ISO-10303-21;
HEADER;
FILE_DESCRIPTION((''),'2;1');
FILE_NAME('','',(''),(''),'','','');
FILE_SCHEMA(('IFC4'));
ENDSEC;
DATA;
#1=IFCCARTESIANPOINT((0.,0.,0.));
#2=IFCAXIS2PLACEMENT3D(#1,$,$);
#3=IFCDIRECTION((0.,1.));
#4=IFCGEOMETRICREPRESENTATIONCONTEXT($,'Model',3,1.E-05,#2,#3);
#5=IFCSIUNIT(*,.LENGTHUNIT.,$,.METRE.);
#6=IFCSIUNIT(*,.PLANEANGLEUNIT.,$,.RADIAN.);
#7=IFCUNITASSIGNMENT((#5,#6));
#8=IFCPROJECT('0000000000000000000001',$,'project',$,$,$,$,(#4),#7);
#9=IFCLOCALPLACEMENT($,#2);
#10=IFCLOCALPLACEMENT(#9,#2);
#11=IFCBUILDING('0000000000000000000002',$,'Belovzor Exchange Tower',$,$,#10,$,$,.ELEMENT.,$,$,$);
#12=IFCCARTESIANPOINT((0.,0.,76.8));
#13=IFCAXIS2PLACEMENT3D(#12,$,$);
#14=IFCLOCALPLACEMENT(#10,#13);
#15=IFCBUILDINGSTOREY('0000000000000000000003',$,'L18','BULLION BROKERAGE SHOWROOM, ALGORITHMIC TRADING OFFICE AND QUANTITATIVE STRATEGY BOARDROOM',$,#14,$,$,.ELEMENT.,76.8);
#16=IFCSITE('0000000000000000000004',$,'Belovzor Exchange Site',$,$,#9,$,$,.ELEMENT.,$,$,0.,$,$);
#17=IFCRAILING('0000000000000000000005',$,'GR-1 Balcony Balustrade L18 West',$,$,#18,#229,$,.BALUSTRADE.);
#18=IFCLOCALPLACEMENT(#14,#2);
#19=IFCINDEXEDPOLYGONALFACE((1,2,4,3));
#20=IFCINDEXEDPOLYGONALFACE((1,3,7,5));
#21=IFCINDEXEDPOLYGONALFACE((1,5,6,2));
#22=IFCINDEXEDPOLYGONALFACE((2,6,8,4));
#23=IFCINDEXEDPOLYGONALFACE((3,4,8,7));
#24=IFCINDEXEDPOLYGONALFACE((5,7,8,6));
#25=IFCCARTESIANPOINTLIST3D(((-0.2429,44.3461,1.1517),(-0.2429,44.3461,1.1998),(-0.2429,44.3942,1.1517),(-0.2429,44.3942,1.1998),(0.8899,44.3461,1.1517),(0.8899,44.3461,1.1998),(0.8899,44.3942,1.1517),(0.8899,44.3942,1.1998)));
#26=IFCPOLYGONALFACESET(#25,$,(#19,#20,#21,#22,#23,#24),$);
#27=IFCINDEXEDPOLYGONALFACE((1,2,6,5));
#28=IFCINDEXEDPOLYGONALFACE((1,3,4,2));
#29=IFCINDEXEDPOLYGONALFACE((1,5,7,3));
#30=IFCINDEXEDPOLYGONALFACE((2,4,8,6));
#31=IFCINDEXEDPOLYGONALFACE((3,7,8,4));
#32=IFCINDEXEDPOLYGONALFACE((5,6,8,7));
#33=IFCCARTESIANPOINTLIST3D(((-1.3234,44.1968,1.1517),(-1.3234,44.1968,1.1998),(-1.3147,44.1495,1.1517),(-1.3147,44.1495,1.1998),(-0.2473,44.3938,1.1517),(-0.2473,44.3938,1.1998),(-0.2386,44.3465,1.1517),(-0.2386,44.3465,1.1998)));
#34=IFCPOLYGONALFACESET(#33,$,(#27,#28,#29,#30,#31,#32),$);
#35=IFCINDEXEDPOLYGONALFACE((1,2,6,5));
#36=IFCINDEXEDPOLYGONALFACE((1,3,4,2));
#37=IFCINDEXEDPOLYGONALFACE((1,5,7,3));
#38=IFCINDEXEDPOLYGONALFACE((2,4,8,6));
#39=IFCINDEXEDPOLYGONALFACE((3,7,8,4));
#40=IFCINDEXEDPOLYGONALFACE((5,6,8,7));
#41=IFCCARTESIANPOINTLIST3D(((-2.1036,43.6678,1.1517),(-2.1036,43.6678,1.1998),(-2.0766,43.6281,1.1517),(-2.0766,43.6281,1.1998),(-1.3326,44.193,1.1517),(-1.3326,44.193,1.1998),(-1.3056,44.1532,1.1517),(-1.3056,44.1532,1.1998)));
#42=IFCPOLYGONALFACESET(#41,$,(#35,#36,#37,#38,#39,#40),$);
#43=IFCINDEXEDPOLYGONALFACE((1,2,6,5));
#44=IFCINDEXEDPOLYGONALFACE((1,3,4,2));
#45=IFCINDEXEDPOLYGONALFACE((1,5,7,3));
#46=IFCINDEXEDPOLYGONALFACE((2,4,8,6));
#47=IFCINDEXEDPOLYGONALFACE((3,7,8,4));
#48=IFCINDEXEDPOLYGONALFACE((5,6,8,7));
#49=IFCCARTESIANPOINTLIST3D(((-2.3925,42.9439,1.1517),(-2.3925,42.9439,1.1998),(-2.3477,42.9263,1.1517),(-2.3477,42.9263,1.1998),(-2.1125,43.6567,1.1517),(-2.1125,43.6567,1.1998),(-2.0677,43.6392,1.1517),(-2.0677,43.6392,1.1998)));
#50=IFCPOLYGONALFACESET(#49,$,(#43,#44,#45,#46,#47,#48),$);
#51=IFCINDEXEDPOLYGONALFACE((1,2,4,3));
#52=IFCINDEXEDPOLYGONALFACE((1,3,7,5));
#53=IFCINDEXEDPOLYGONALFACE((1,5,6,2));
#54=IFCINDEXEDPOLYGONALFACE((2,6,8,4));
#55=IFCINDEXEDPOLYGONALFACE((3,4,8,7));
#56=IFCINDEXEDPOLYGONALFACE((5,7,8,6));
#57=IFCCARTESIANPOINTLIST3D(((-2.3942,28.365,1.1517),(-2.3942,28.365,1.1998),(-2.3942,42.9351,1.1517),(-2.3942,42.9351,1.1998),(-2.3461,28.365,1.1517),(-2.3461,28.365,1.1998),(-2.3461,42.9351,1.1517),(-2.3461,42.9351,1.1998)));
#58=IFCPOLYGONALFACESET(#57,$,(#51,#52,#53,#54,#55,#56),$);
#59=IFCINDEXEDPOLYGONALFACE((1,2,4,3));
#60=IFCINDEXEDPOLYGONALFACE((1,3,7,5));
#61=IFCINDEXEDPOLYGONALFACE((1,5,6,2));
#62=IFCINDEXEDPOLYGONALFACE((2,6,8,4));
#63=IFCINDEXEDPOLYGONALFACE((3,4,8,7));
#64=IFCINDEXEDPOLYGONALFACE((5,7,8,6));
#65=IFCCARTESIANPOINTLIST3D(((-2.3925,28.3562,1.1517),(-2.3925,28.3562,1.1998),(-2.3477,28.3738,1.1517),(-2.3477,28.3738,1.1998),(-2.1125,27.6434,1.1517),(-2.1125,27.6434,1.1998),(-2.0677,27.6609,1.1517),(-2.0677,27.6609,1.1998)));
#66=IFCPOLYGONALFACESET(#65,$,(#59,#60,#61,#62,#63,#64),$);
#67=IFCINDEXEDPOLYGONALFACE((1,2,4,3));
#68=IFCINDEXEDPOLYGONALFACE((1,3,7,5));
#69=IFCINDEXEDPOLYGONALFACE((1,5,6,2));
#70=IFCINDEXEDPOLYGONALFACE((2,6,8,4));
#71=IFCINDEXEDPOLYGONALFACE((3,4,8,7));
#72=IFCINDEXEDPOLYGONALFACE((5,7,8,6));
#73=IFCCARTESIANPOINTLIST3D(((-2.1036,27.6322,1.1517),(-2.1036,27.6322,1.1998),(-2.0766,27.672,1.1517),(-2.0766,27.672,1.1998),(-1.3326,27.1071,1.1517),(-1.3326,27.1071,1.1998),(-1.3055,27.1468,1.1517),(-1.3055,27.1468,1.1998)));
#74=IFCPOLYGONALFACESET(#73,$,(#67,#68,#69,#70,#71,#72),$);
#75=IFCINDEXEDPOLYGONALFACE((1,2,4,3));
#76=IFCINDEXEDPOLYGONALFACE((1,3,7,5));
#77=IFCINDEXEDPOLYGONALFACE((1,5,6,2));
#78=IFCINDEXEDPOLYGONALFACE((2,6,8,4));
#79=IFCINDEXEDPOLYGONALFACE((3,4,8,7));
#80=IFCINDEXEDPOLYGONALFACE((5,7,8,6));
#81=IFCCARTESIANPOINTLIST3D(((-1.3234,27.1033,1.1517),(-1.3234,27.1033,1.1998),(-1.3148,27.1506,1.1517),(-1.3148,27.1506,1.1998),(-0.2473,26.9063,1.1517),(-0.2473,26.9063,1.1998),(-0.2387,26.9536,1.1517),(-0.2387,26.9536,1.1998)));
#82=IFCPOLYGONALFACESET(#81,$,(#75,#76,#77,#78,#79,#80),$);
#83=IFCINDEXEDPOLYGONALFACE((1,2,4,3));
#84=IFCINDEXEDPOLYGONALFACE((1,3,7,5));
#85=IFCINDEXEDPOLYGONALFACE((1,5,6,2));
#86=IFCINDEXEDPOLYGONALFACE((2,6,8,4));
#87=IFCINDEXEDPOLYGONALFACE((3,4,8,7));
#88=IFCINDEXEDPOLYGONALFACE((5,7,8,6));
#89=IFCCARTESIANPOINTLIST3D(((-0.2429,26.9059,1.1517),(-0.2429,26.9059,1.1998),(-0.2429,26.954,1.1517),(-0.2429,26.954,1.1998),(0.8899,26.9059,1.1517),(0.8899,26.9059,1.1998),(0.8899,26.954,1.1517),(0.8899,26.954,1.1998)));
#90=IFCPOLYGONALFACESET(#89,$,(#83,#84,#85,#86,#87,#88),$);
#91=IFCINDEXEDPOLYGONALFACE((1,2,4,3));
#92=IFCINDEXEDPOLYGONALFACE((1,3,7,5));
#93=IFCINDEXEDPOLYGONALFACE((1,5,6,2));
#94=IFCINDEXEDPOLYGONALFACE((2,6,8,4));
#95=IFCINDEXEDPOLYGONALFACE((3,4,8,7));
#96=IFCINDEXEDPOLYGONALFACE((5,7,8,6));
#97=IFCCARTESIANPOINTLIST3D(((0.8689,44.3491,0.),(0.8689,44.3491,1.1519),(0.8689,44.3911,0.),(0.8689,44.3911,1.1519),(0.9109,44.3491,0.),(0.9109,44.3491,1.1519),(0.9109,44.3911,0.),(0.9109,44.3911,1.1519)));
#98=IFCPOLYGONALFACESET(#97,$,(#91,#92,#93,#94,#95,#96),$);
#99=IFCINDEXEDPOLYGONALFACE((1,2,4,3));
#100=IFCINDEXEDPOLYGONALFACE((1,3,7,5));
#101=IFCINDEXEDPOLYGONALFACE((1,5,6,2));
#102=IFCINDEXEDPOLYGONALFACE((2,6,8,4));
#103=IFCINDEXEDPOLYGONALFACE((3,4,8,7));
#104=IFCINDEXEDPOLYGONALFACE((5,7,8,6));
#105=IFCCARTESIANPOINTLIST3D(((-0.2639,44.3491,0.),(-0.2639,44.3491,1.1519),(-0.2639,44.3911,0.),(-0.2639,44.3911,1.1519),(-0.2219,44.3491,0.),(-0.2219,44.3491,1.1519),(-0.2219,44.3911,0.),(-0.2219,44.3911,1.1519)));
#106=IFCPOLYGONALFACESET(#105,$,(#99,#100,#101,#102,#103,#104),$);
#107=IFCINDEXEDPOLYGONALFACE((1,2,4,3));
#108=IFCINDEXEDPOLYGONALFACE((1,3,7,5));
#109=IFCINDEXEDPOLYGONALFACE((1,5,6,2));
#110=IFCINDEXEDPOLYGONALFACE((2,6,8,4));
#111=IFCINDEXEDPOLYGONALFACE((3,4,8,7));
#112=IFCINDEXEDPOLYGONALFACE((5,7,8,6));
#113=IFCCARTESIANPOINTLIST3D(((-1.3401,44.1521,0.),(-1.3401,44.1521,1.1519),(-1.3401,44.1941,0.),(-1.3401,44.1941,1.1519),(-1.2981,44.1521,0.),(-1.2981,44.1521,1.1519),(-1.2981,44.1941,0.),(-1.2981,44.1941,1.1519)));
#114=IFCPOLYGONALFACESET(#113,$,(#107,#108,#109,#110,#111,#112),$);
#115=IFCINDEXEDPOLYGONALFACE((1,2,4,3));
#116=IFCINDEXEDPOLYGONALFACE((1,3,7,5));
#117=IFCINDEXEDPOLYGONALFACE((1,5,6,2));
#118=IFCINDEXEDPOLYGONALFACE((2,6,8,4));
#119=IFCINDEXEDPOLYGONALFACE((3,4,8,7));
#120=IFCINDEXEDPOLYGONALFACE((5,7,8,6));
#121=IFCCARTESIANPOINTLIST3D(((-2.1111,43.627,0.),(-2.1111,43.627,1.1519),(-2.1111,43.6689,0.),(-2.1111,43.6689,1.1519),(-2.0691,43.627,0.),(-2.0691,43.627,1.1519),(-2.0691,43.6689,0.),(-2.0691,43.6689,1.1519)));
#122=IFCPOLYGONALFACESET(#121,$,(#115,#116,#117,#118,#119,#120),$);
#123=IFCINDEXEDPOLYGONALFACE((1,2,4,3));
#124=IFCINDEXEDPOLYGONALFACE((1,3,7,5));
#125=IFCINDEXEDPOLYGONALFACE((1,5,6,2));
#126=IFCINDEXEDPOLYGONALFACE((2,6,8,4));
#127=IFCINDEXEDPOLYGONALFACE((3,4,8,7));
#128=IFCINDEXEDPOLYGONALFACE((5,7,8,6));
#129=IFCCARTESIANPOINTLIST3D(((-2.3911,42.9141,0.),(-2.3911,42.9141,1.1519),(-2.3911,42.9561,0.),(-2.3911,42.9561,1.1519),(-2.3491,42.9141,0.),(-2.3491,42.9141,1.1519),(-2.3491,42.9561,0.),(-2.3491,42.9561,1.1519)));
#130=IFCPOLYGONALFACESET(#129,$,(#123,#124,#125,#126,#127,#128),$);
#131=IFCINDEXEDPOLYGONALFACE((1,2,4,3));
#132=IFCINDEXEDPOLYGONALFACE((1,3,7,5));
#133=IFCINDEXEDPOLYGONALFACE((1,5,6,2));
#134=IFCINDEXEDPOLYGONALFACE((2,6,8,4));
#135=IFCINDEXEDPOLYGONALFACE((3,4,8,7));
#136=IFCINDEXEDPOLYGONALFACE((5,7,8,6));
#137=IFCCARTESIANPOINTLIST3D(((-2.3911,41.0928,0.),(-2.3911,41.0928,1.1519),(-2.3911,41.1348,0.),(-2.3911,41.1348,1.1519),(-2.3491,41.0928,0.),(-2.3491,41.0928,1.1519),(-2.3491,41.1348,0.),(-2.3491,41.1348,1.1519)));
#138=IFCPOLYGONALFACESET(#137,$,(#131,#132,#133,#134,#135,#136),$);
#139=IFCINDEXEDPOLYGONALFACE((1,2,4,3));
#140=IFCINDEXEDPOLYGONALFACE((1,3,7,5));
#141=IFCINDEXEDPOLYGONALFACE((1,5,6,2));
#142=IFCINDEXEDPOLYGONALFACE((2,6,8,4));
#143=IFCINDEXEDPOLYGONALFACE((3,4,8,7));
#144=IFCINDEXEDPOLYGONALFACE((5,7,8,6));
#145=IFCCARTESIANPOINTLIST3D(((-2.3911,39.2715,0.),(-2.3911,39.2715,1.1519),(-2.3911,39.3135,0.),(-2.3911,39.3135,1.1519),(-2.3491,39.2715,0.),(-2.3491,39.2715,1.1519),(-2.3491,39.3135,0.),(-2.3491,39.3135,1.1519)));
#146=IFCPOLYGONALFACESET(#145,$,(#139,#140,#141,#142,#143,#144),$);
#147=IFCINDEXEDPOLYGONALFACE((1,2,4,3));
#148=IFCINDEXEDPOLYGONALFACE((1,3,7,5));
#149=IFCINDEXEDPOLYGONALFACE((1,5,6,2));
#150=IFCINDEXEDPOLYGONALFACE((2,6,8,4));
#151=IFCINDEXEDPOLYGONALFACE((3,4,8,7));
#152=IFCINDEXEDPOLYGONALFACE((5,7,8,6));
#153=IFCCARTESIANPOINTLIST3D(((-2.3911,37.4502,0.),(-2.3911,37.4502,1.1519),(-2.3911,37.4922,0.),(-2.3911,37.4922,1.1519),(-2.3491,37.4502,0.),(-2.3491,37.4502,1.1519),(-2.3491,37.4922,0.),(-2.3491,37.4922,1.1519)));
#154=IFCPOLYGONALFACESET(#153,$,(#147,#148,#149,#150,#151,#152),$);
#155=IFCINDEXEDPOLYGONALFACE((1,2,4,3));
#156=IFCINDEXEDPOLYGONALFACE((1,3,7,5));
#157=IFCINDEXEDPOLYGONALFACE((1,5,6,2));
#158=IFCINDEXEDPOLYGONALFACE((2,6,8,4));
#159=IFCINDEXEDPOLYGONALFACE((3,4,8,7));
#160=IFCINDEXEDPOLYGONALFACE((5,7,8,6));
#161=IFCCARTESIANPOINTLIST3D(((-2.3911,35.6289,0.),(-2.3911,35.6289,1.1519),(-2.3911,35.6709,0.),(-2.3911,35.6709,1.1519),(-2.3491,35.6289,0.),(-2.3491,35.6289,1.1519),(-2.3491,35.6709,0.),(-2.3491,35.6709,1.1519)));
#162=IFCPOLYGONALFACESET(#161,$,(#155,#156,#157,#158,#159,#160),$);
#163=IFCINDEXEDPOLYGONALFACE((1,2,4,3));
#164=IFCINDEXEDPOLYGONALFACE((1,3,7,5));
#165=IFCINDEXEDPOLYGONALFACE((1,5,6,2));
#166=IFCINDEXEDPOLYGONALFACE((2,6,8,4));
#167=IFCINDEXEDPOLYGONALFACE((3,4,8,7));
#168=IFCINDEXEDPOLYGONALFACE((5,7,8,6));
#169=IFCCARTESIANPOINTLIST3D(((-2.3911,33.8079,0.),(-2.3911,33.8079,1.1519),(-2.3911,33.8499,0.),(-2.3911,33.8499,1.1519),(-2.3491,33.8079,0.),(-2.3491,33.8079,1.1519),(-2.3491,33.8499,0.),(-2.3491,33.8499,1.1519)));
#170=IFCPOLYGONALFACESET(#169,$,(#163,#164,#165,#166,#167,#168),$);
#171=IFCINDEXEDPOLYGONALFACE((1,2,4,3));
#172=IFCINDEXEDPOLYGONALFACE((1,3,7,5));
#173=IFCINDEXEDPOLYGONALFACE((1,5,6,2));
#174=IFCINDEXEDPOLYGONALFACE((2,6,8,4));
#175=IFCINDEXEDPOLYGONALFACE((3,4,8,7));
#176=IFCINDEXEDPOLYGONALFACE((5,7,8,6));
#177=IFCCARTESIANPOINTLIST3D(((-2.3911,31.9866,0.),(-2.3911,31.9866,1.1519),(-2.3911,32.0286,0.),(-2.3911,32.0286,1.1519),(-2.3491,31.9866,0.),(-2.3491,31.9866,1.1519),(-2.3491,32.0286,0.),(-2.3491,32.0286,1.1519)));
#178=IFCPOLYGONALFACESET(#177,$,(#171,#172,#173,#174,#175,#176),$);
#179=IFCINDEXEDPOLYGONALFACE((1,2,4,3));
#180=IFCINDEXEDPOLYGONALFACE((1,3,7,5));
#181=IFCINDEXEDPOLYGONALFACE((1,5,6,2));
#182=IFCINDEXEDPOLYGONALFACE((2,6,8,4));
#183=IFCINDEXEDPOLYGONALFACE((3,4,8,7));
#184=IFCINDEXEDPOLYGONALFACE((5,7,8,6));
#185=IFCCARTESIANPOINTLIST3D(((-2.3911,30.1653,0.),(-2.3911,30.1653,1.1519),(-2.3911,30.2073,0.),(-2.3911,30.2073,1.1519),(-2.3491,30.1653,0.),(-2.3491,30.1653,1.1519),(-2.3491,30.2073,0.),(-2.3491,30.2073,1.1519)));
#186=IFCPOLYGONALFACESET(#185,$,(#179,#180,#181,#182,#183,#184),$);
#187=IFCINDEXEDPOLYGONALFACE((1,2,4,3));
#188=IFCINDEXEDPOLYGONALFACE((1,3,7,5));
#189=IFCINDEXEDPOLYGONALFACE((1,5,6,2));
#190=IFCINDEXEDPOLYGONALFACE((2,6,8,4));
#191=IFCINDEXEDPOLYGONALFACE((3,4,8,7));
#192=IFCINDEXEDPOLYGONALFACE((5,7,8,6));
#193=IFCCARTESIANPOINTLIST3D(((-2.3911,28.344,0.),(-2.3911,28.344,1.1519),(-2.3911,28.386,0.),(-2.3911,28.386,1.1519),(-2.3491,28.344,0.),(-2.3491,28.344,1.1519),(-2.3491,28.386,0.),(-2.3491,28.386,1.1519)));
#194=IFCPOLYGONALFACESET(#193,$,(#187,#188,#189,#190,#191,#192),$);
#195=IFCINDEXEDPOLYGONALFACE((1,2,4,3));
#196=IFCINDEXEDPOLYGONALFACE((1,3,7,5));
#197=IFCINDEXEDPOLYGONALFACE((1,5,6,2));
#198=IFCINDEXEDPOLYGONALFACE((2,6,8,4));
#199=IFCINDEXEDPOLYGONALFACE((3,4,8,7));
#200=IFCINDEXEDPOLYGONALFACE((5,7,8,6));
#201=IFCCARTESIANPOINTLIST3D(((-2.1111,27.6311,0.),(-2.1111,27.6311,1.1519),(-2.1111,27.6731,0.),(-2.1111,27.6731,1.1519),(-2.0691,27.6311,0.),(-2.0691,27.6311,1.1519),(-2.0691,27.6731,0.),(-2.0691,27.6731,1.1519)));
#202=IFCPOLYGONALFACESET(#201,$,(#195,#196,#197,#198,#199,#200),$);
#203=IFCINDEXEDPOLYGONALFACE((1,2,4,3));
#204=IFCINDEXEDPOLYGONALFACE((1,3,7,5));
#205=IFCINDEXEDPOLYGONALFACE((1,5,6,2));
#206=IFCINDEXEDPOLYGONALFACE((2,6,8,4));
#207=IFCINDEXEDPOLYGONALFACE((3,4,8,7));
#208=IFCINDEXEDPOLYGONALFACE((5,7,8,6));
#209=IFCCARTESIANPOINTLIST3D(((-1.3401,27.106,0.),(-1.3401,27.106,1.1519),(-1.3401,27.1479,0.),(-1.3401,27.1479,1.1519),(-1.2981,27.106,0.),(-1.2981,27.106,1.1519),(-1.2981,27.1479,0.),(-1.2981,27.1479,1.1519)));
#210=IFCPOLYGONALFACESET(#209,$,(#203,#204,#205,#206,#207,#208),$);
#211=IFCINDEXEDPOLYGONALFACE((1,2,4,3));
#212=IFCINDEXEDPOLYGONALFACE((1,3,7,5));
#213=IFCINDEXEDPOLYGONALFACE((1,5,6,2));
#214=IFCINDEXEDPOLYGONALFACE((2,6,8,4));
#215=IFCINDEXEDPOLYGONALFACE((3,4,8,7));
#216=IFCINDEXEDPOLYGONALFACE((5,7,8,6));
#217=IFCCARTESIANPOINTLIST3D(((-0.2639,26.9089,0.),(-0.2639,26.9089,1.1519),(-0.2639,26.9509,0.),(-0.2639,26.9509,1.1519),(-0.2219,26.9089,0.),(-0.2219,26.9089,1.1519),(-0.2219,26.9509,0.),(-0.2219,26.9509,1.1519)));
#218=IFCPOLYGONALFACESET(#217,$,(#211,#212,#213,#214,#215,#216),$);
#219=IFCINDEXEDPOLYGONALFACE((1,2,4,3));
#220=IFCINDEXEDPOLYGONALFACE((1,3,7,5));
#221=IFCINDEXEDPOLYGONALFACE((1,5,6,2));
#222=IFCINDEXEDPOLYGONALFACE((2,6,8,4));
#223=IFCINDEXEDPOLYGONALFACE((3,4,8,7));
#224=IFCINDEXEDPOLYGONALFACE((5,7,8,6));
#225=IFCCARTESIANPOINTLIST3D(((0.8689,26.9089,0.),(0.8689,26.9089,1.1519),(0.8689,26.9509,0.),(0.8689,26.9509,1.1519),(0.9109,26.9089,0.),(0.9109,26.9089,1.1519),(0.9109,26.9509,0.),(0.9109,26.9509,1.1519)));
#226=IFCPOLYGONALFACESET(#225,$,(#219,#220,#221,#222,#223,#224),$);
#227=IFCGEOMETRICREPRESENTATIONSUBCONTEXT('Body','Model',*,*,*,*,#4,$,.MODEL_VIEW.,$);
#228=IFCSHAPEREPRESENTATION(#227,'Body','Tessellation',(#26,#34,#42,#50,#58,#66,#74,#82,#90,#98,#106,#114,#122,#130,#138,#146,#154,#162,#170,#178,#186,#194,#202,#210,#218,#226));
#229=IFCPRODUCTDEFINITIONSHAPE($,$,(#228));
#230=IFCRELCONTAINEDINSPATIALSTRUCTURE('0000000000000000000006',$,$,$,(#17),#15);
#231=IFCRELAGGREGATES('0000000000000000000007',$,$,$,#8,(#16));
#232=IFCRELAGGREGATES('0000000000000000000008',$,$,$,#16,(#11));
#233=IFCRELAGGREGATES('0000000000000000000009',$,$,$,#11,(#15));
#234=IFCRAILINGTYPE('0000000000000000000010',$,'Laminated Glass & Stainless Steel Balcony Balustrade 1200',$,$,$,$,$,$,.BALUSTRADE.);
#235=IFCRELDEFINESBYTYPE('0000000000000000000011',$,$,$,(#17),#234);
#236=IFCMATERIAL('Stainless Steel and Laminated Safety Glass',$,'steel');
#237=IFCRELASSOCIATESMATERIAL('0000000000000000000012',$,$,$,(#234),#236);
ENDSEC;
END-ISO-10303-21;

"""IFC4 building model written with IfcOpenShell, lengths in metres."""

from ifc_helpers import new_model, si_unit, direction, frame, origin, origin_2d, place, context, subcontext, project, spatial, rectangle, extrude, material, type_object, element, save


model = new_model("IFC4")

# Units and contexts
model_context = context("Model", 3, precision=1e-05, world=origin(), true_north=direction((0.0, 1.0)))
body_context = subcontext(model_context, "Body", "Model", "MODEL_VIEW")
ifc_project = project(units=[si_unit("LENGTHUNIT", "METRE"), si_unit("PLANEANGLEUNIT", "RADIAN")], contexts=[model_context])

# Site, building, storey
site_placement = place(None, origin())
site = spatial("IfcSite", under=ifc_project, at=site_placement, Name="Belovzor Exchange Site", CompositionType="ELEMENT", RefElevation=0.0)
building_placement = place(site_placement, origin())
building = spatial("IfcBuilding", under=site, at=building_placement, Name="Belovzor Exchange Tower", CompositionType="ELEMENT")
storey_placement = place(building_placement, frame((0.0, 0.0, 76.8)))
storey = spatial("IfcBuildingStorey", under=building, at=storey_placement, Name="L18", Description="BULLION BROKERAGE SHOWROOM, ALGORITHMIC TRADING OFFICE AND QUANTITATIVE STRATEGY BOARDROOM", CompositionType="ELEMENT", Elevation=76.8)

# Railing
ifc_material_1 = material(Name="Stainless Steel and Laminated Safety Glass", Category="steel")
railing_type = type_object("IfcRailingType", Name="Laminated Glass & Stainless Steel Balcony Balustrade 1200", PredefinedType="BALUSTRADE", material=ifc_material_1)
railing_placement = place(storey_placement, frame((0.8899, 44.3701, 0.0)))
element("IfcRailing", 1, at=railing_placement, inside=storey, type_object=railing_type, Name="GR-1 Balcony Balustrade L18 West", PredefinedType="BALUSTRADE", context=body_context, shape_type="SweptSolid", body=[
    extrude(rectangle(XDim=0.0481, YDim=0.0481, at=origin_2d()), frame((0.0, 0.0, 1.1758), z_axis=(-1.0, 0.0, 0.0), x_axis=(0.0, -1.0, 0.0)), (0.0, 0.0, 1.0), 1.1328),
    extrude(rectangle(XDim=0.0481, YDim=0.0481, at=origin_2d()), frame((-1.1328, 0.0, 1.1758), z_axis=(-0.983651, -0.180083, 0.0), x_axis=(0.180083, -0.983651, 0.0)), (0.0, 0.0, 1.0), 1.094),
    extrude(rectangle(XDim=0.0481, YDim=0.0481, at=origin_2d()), frame((-2.209, -0.197, 1.1758), z_axis=(-0.826493, -0.562947, 0.0), x_axis=(0.562947, -0.826493, 0.0)), (0.0, 0.0, 1.0), 0.9329),
    extrude(rectangle(XDim=0.0481, YDim=0.0481, at=origin_2d()), frame((-2.98, -0.7222, 1.1758), z_axis=(-0.365613, -0.930767, 0.0), x_axis=(0.930767, -0.365613, 0.0)), (0.0, 0.0, 1.0), 0.7659),
    extrude(rectangle(XDim=0.0481, YDim=0.0481, at=origin_2d()), frame((-3.26, -1.4351, 1.1758), z_axis=(0.0, -1.0, 0.0), x_axis=(1.0, 0.0, 0.0)), (0.0, 0.0, 1.0), 14.5701),
    extrude(rectangle(XDim=0.0481, YDim=0.0481, at=origin_2d()), frame((-3.26, -16.0051, 1.1758), z_axis=(0.365613, -0.930767, 0.0), x_axis=(0.930767, 0.365613, 0.0)), (0.0, 0.0, 1.0), 0.7659),
    extrude(rectangle(XDim=0.0481, YDim=0.0481, at=origin_2d()), frame((-2.98, -16.718, 1.1758), z_axis=(0.826493, -0.562947, 0.0), x_axis=(0.562947, 0.826493, 0.0)), (0.0, 0.0, 1.0), 0.9329),
    extrude(rectangle(XDim=0.0481, YDim=0.0481, at=origin_2d()), frame((-2.209, -17.2432, 1.1758), z_axis=(0.983651, -0.180083, 0.0), x_axis=(0.180083, 0.983651, 0.0)), (0.0, 0.0, 1.0), 1.094),
    extrude(rectangle(XDim=0.0481, YDim=0.0481, at=origin_2d()), frame((-1.1328, -17.4402, 1.1758), z_axis=(1.0, 0.0, 0.0), x_axis=(0.0, 1.0, 0.0)), (0.0, 0.0, 1.0), 1.1328),
    extrude(rectangle(XDim=0.042, YDim=0.042, at=origin_2d()), origin(), (0.0, 0.0, 1.0), 1.1519),
    extrude(rectangle(XDim=0.042, YDim=0.042, at=origin_2d()), frame((-1.1328, 0.0, 0.0)), (0.0, 0.0, 1.0), 1.1519),
    extrude(rectangle(XDim=0.042, YDim=0.042, at=origin_2d()), frame((-2.209, -0.197, 0.0)), (0.0, 0.0, 1.0), 1.1519),
    extrude(rectangle(XDim=0.042, YDim=0.042, at=origin_2d()), frame((-2.98, -0.7222, 0.0)), (0.0, 0.0, 1.0), 1.1519),
    extrude(rectangle(XDim=0.042, YDim=0.042, at=origin_2d()), frame((-3.26, -1.4351, 0.0)), (0.0, 0.0, 1.0), 1.1519),
    extrude(rectangle(XDim=0.042, YDim=0.042, at=origin_2d()), frame((-3.26, -3.2563, 0.0)), (0.0, 0.0, 1.0), 1.1519),
    extrude(rectangle(XDim=0.042, YDim=0.042, at=origin_2d()), frame((-3.26, -5.0776, 0.0)), (0.0, 0.0, 1.0), 1.1519),
    extrude(rectangle(XDim=0.042, YDim=0.042, at=origin_2d()), frame((-3.26, -6.8989, 0.0)), (0.0, 0.0, 1.0), 1.1519),
    extrude(rectangle(XDim=0.042, YDim=0.042, at=origin_2d()), frame((-3.26, -8.7202, 0.0)), (0.0, 0.0, 1.0), 1.1519),
    extrude(rectangle(XDim=0.042, YDim=0.042, at=origin_2d()), frame((-3.26, -10.5413, 0.0)), (0.0, 0.0, 1.0), 1.1519),
    extrude(rectangle(XDim=0.042, YDim=0.042, at=origin_2d()), frame((-3.26, -12.3625, 0.0)), (0.0, 0.0, 1.0), 1.1519),
    extrude(rectangle(XDim=0.042, YDim=0.042, at=origin_2d()), frame((-3.26, -14.1838, 0.0)), (0.0, 0.0, 1.0), 1.1519),
    extrude(rectangle(XDim=0.042, YDim=0.042, at=origin_2d()), frame((-3.26, -16.0051, 0.0)), (0.0, 0.0, 1.0), 1.1519),
    extrude(rectangle(XDim=0.042, YDim=0.042, at=origin_2d()), frame((-2.98, -16.718, 0.0)), (0.0, 0.0, 1.0), 1.1519),
    extrude(rectangle(XDim=0.042, YDim=0.042, at=origin_2d()), frame((-2.209, -17.2432, 0.0)), (0.0, 0.0, 1.0), 1.1519),
    extrude(rectangle(XDim=0.042, YDim=0.042, at=origin_2d()), frame((-1.1328, -17.4402, 0.0)), (0.0, 0.0, 1.0), 1.1519),
    extrude(rectangle(XDim=0.042, YDim=0.042, at=origin_2d()), frame((0.0, -17.4402, 0.0)), (0.0, 0.0, 1.0), 1.1519),
])

save(model, "model.ifc")
